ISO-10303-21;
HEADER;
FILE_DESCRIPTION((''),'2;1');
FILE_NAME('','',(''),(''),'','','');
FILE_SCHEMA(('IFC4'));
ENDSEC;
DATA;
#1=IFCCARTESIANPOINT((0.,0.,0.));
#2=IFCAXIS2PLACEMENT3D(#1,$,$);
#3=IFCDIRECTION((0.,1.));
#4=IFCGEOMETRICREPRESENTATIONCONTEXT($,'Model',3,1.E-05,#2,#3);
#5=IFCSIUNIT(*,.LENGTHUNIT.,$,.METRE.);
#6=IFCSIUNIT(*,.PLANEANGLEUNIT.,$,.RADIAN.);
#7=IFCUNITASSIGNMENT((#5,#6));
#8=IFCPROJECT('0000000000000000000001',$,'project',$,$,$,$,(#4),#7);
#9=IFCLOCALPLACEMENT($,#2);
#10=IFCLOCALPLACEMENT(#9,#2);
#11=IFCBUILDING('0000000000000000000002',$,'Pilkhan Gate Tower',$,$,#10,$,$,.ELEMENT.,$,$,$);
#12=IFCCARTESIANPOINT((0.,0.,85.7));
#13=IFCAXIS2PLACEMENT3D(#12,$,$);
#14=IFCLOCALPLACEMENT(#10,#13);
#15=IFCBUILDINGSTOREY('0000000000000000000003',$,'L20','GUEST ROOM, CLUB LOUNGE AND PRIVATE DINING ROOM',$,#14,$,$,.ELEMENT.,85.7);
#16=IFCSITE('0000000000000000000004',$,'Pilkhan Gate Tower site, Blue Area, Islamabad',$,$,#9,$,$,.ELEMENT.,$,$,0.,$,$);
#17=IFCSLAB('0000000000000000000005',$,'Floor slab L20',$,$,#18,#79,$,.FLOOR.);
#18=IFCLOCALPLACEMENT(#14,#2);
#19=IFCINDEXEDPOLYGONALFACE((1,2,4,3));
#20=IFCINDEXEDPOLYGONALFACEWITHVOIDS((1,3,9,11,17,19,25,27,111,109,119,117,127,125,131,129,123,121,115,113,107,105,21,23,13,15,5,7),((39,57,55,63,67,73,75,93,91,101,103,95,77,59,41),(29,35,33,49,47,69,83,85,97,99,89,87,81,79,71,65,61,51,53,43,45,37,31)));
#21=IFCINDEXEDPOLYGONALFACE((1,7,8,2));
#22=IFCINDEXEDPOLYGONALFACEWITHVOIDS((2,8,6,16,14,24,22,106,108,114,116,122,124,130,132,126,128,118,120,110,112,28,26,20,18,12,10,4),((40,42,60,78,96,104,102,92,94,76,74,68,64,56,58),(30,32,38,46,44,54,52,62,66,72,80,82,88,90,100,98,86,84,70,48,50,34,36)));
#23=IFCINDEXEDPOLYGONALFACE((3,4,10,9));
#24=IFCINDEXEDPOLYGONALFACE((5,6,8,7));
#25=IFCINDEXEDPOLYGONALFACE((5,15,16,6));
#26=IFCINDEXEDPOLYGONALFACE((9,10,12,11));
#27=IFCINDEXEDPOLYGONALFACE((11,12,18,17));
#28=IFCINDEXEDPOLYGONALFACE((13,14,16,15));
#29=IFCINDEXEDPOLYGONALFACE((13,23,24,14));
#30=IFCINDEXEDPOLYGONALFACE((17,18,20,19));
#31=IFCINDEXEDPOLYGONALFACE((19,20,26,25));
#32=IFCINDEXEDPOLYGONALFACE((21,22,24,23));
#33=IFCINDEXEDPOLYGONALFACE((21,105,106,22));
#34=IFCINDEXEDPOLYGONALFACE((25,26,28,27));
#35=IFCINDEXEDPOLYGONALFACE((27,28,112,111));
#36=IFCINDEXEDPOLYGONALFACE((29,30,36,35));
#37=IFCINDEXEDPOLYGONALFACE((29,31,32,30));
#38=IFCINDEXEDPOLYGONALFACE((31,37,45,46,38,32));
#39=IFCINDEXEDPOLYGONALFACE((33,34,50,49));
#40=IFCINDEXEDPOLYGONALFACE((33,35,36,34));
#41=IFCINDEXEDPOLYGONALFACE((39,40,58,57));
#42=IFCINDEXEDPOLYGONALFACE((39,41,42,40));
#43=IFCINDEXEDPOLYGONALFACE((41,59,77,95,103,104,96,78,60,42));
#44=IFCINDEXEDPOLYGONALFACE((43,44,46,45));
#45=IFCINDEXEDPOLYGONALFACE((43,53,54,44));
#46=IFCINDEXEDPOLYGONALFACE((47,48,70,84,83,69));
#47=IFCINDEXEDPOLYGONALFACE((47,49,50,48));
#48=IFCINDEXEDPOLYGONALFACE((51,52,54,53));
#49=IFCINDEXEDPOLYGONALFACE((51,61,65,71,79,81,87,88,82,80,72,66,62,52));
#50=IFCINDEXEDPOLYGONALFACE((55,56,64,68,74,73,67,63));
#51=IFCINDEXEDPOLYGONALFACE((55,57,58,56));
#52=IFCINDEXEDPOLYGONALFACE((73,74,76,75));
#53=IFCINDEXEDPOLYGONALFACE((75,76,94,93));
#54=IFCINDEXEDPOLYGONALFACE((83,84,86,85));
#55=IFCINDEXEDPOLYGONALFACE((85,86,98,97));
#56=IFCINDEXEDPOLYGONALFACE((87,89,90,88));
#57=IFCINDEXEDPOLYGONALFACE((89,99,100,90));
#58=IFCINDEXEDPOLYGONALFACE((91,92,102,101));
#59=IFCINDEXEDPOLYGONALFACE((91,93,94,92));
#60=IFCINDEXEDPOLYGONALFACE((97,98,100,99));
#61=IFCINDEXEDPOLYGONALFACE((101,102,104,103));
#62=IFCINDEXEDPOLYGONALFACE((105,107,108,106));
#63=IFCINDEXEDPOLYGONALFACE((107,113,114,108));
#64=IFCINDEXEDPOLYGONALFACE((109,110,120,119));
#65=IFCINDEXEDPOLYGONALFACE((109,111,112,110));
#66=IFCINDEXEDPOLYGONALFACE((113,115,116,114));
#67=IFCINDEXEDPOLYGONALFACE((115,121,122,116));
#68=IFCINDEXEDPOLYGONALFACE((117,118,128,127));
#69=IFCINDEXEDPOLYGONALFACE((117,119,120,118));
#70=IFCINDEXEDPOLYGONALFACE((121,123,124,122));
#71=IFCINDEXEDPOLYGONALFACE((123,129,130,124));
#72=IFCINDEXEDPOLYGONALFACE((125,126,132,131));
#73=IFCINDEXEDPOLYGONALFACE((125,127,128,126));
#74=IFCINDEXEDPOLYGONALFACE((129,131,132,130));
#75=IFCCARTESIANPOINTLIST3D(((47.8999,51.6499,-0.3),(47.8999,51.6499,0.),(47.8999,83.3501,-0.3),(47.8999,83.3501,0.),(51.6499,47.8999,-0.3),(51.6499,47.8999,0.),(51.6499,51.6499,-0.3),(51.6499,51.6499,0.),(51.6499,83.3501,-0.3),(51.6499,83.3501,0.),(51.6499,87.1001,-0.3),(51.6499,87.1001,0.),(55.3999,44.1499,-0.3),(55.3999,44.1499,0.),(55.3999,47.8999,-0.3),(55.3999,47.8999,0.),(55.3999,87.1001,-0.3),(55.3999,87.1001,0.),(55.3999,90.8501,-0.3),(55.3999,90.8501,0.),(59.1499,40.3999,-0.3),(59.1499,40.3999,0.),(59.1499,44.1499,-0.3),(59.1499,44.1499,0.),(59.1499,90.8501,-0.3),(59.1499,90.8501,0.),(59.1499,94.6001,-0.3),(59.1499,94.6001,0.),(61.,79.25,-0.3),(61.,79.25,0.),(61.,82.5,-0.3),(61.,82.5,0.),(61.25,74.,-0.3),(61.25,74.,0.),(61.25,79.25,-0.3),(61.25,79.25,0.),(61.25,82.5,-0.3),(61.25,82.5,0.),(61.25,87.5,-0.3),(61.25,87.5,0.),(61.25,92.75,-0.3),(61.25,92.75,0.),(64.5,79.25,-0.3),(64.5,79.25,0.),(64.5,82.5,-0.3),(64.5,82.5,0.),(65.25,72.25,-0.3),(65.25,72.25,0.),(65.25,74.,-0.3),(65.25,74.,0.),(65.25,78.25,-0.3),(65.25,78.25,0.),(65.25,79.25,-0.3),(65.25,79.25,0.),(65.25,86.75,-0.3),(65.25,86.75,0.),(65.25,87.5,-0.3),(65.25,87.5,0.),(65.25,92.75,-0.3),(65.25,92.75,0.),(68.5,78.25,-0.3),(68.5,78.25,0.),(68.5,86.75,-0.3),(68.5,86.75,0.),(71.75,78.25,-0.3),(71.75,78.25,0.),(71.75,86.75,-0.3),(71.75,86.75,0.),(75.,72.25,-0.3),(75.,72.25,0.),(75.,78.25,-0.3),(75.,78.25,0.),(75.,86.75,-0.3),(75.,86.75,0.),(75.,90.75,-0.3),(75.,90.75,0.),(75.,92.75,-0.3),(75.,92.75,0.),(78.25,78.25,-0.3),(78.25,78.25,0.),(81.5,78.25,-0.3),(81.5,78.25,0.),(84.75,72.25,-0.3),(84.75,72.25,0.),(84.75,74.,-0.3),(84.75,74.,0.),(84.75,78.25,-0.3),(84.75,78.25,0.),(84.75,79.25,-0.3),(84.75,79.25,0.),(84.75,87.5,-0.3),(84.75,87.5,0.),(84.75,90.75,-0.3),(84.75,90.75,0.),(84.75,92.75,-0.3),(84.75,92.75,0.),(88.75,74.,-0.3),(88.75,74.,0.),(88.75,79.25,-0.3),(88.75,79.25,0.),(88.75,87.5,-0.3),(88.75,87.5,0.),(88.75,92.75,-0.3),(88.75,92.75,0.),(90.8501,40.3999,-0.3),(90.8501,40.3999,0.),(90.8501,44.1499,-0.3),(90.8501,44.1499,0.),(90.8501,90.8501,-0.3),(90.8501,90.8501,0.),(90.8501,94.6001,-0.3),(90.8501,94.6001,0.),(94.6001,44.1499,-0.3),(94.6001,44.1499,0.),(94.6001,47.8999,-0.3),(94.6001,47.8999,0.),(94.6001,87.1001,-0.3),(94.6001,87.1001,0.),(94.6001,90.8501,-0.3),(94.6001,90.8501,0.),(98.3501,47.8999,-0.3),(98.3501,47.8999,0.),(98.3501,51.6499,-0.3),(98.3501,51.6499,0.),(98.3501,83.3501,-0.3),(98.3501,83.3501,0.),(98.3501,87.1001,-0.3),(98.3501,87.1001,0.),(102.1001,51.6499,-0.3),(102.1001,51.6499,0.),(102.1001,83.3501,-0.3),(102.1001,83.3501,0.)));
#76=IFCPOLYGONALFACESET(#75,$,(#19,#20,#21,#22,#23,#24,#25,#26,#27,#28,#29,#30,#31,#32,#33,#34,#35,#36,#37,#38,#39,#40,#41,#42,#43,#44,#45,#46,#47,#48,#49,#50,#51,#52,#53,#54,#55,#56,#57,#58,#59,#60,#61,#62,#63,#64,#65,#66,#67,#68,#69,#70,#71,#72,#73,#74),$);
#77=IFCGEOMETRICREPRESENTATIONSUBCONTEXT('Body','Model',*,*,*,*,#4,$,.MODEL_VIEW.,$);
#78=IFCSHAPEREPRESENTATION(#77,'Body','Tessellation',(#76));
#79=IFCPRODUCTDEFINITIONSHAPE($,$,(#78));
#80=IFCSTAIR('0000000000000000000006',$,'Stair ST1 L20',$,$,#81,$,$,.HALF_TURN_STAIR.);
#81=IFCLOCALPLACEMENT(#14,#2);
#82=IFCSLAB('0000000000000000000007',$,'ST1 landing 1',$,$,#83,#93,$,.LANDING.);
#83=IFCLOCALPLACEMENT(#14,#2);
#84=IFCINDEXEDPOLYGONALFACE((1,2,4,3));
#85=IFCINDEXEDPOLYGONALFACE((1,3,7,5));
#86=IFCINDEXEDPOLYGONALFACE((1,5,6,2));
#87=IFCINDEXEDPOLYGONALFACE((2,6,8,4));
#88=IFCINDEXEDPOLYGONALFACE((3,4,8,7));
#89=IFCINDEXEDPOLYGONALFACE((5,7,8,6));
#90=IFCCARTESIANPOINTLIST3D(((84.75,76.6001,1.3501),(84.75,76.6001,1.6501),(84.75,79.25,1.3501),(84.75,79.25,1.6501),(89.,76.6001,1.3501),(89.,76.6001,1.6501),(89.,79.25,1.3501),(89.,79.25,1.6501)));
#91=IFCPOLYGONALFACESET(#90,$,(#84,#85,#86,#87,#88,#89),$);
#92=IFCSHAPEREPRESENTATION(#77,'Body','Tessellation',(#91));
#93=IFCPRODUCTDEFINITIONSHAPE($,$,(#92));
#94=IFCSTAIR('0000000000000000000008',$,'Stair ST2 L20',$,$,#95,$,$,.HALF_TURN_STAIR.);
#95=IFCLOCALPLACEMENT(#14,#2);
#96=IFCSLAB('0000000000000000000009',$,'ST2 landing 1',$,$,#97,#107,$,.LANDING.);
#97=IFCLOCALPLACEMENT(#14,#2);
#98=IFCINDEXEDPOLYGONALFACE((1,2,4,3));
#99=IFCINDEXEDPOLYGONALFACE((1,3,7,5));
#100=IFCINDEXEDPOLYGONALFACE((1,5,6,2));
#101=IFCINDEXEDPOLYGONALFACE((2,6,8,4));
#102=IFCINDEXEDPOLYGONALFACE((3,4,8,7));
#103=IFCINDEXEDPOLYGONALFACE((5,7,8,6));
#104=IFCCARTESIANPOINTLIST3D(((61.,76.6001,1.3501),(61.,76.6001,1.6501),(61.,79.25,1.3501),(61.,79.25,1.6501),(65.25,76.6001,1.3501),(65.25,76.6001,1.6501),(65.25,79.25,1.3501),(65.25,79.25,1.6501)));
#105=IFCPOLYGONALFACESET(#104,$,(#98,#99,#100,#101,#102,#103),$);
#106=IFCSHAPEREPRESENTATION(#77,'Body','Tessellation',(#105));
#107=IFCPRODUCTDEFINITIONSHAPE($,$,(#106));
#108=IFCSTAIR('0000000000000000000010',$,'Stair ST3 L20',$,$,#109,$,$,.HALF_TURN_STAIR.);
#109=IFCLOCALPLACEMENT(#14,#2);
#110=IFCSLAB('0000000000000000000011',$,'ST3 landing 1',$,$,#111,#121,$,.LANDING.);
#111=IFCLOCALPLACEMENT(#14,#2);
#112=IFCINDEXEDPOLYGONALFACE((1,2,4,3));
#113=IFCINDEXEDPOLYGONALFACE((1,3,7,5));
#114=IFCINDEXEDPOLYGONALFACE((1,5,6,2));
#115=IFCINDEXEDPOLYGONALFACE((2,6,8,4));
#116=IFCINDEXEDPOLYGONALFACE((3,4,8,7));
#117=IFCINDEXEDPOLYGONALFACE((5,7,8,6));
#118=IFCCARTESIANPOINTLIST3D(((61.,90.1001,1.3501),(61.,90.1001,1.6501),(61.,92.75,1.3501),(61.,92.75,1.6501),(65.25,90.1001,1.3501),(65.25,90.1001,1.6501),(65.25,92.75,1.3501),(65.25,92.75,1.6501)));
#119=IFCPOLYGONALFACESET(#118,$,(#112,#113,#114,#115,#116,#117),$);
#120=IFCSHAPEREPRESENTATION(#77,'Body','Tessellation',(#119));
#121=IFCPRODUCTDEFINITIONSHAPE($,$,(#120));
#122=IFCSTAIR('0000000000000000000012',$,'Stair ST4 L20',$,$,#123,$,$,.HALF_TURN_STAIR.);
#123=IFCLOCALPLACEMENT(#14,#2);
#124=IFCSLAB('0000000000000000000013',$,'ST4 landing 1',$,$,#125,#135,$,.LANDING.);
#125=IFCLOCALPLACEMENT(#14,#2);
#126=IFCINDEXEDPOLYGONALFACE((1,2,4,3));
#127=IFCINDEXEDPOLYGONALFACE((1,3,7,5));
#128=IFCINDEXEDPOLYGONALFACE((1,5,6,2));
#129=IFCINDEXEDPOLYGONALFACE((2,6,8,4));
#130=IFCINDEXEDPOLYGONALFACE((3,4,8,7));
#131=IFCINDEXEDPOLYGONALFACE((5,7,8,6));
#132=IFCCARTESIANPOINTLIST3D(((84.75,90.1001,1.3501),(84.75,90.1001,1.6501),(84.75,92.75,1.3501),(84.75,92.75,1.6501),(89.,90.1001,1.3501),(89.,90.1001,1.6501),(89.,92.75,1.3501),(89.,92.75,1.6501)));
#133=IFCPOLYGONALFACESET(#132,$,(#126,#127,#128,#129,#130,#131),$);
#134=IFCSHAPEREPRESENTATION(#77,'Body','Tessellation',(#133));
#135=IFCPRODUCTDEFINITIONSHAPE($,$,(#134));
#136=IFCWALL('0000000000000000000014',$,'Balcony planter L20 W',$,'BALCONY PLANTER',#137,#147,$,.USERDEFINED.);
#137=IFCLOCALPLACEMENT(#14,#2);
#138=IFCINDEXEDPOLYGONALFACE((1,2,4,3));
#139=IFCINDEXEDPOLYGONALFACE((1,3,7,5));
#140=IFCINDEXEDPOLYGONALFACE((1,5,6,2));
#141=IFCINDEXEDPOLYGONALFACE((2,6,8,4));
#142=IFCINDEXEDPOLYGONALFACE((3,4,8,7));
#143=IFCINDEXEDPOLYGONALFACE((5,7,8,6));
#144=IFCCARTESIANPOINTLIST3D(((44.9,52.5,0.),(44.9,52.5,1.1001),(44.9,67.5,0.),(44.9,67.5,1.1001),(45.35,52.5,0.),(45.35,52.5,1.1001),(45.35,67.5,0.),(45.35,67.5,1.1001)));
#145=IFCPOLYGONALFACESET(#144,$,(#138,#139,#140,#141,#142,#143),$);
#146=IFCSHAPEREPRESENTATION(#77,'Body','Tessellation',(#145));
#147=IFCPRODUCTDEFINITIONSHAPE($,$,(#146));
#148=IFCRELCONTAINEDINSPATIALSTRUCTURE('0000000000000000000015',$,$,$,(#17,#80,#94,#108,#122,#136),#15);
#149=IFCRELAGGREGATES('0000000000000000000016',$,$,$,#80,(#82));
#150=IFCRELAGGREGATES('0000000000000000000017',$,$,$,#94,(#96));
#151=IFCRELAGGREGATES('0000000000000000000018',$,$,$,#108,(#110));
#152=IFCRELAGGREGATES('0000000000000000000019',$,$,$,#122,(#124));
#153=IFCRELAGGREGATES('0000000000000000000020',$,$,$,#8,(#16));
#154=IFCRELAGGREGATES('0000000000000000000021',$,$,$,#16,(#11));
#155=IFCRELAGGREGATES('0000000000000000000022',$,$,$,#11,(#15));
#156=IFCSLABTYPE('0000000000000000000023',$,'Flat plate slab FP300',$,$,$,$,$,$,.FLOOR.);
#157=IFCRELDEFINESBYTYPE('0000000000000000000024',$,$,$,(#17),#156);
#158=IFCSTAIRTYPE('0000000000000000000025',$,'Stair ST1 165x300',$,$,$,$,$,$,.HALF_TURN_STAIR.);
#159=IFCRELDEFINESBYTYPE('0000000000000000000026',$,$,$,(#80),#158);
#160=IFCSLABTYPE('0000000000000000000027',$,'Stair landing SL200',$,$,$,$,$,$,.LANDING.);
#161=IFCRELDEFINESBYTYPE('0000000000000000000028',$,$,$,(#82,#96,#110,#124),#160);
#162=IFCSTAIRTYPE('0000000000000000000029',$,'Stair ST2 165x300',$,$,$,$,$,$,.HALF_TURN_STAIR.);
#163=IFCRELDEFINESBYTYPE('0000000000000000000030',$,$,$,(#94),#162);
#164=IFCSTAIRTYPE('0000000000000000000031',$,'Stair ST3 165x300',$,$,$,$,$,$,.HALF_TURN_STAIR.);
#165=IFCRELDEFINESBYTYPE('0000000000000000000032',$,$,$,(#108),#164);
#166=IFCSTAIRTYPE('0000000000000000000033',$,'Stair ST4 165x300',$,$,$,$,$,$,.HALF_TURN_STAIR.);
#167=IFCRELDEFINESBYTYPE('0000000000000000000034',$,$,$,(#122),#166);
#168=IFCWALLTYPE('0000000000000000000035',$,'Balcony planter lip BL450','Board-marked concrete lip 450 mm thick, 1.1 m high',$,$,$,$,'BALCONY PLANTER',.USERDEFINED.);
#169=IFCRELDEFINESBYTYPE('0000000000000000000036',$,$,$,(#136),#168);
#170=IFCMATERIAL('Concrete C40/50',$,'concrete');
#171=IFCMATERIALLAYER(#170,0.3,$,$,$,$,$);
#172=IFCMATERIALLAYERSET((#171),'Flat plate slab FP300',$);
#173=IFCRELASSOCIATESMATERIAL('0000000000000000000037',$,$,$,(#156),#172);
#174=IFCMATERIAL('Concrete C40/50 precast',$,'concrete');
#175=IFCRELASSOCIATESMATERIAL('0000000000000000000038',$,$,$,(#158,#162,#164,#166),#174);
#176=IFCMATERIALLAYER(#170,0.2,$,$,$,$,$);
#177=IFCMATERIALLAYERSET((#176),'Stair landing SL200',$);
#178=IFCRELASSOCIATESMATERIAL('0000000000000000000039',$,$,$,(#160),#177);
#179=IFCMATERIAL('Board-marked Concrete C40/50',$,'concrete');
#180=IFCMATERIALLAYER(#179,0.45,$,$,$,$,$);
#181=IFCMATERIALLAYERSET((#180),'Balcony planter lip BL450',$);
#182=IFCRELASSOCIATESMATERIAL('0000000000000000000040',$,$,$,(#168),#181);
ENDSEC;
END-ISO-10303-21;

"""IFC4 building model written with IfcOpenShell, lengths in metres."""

from ifc_helpers import new_model, si_unit, direction, frame, frame_2d, origin, place, context, subcontext, project, spatial, polyline, rectangle, outline, extrude, material, layer, layer_set, type_object, element, aggregate, save


model = new_model("IFC4")

# Units and contexts
model_context = context("Model", 3, precision=1e-05, world=origin(), true_north=direction((0.0, 1.0)))
body_context = subcontext(model_context, "Body", "Model", "MODEL_VIEW")
ifc_project = project(units=[si_unit("LENGTHUNIT", "METRE"), si_unit("PLANEANGLEUNIT", "RADIAN")], contexts=[model_context])

# Site, building, storey
site_placement = place(None, origin())
site = spatial("IfcSite", under=ifc_project, at=site_placement, Name="Pilkhan Gate Tower site, Blue Area, Islamabad", CompositionType="ELEMENT", RefElevation=0.0)
building_placement = place(site_placement, origin())
building = spatial("IfcBuilding", under=site, at=building_placement, Name="Pilkhan Gate Tower", CompositionType="ELEMENT")
storey_placement = place(building_placement, frame((0.0, 0.0, 85.7)))
storey = spatial("IfcBuildingStorey", under=building, at=storey_placement, Name="L20", Description="GUEST ROOM, CLUB LOUNGE AND PRIVATE DINING ROOM", CompositionType="ELEMENT", Elevation=85.7)

# Slab
ifc_material_1 = material(Name="Concrete C40/50", Category="concrete")
ifc_layer_1 = layer(ifc_material_1, 0.3)
ifc_layer_set_1 = layer_set([ifc_layer_1], Name="Flat plate slab FP300")
slab_type_1 = type_object("IfcSlabType", Name="Flat plate slab FP300", PredefinedType="FLOOR", material=ifc_layer_set_1)
slab_1_placement = place(storey_placement, frame((0.0, 0.0, -0.3)))
element("IfcSlab", 1, at=slab_1_placement, inside=storey, type_object=slab_type_1, Name="Floor slab L20", PredefinedType="FLOOR", context=body_context, shape_type="SweptSolid", body=[
    extrude(outline(polyline([(98.3501, 47.8999), (94.6001, 47.8999), (94.6001, 44.1499), (90.8501, 44.1499), (90.8501, 40.3999), (59.1499, 40.3999), (59.1499, 44.1499), (55.3999, 44.1499), (55.3999, 47.8999), (51.6499, 47.8999), (51.6499, 51.6499), (47.8999, 51.6499), (47.8999, 83.3501), (51.6499, 83.3501), (51.6499, 87.1001), (55.3999, 87.1001), (55.3999, 90.8501), (59.1499, 90.8501), (59.1499, 94.6001), (90.8501, 94.6001), (90.8501, 90.8501), (94.6001, 90.8501), (94.6001, 87.1001), (98.3501, 87.1001), (98.3501, 83.3501), (102.1001, 83.3501), (102.1001, 51.6499), (98.3501, 51.6499), (98.3501, 47.8999)]), holes=[polyline([(65.25, 87.5), (65.25, 86.75), (68.5, 86.75), (71.75, 86.75), (75.0, 86.75), (75.0, 90.75), (84.75, 90.75), (84.75, 87.5), (88.75, 87.5), (88.75, 92.75), (84.75, 92.75), (75.0, 92.75), (65.25, 92.75), (61.25, 92.75), (61.25, 87.5), (65.25, 87.5)]), polyline([(75.0, 72.25), (84.75, 72.25), (84.75, 74.0), (88.75, 74.0), (88.75, 79.25), (84.75, 79.25), (84.75, 78.25), (81.5, 78.25), (78.25, 78.25), (75.0, 78.25), (71.75, 78.25), (68.5, 78.25), (65.25, 78.25), (65.25, 79.25), (64.5, 79.25), (64.5, 82.5), (61.25, 82.5), (61.0, 82.5), (61.0, 79.25), (61.25, 79.25), (61.25, 74.0), (65.25, 74.0), (65.25, 72.25), (75.0, 72.25)])]), origin(), (0.0, 0.0, 1.0), 0.3),
])

# Stairs, slabs
ifc_material_2 = material(Name="Concrete C40/50 precast", Category="concrete")
stair_type_1 = type_object("IfcStairType", Name="Stair ST1 165x300", PredefinedType="HALF_TURN_STAIR", material=ifc_material_2)
stair_1_placement = place(storey_placement, origin())
stair_1 = element("IfcStair", 2, at=stair_1_placement, inside=storey, type_object=stair_type_1, Name="Stair ST1 L20", PredefinedType="HALF_TURN_STAIR")
ifc_layer_2 = layer(ifc_material_1, 0.2)
ifc_layer_set_2 = layer_set([ifc_layer_2], Name="Stair landing SL200")
slab_type_2 = type_object("IfcSlabType", Name="Stair landing SL200", PredefinedType="LANDING", material=ifc_layer_set_2)
slab_2_placement = place(storey_placement, frame((0.0, 0.0, 1.3501)))
slab_2 = element("IfcSlab", 3, at=slab_2_placement, type_object=slab_type_2, Name="ST1 landing 1", PredefinedType="LANDING", context=body_context, shape_type="SweptSolid", body=[
    extrude(outline(polyline([(89.0, 76.6001), (89.0, 79.25), (84.75, 79.25), (84.75, 76.6001), (89.0, 76.6001)])), origin(), (0.0, 0.0, 1.0), 0.3),
])
aggregate(stair_1, [slab_2])
stair_type_2 = type_object("IfcStairType", Name="Stair ST2 165x300", PredefinedType="HALF_TURN_STAIR", material=ifc_material_2)
stair_2_placement = place(storey_placement, origin())
stair_2 = element("IfcStair", 4, at=stair_2_placement, inside=storey, type_object=stair_type_2, Name="Stair ST2 L20", PredefinedType="HALF_TURN_STAIR")
slab_3_placement = place(storey_placement, frame((0.0, 0.0, 1.3501)))
slab_3 = element("IfcSlab", 5, at=slab_3_placement, type_object=slab_type_2, Name="ST2 landing 1", PredefinedType="LANDING", context=body_context, shape_type="SweptSolid", body=[
    extrude(outline(polyline([(65.25, 76.6001), (65.25, 79.25), (61.0, 79.25), (61.0, 76.6001), (65.25, 76.6001)])), origin(), (0.0, 0.0, 1.0), 0.3),
])
aggregate(stair_2, [slab_3])
stair_type_3 = type_object("IfcStairType", Name="Stair ST3 165x300", PredefinedType="HALF_TURN_STAIR", material=ifc_material_2)
stair_3_placement = place(storey_placement, origin())
stair_3 = element("IfcStair", 6, at=stair_3_placement, inside=storey, type_object=stair_type_3, Name="Stair ST3 L20", PredefinedType="HALF_TURN_STAIR")
slab_4_placement = place(storey_placement, frame((0.0, 0.0, 1.3501)))
slab_4 = element("IfcSlab", 7, at=slab_4_placement, type_object=slab_type_2, Name="ST3 landing 1", PredefinedType="LANDING", context=body_context, shape_type="SweptSolid", body=[
    extrude(outline(polyline([(65.25, 90.1001), (65.25, 92.75), (61.0, 92.75), (61.0, 90.1001), (65.25, 90.1001)])), origin(), (0.0, 0.0, 1.0), 0.3),
])
aggregate(stair_3, [slab_4])
stair_type_4 = type_object("IfcStairType", Name="Stair ST4 165x300", PredefinedType="HALF_TURN_STAIR", material=ifc_material_2)
stair_4_placement = place(storey_placement, origin())
stair_4 = element("IfcStair", 8, at=stair_4_placement, inside=storey, type_object=stair_type_4, Name="Stair ST4 L20", PredefinedType="HALF_TURN_STAIR")
slab_5_placement = place(storey_placement, frame((0.0, 0.0, 1.3501)))
slab_5 = element("IfcSlab", 9, at=slab_5_placement, type_object=slab_type_2, Name="ST4 landing 1", PredefinedType="LANDING", context=body_context, shape_type="SweptSolid", body=[
    extrude(outline(polyline([(89.0, 90.1001), (89.0, 92.75), (84.75, 92.75), (84.75, 90.1001), (89.0, 90.1001)])), origin(), (0.0, 0.0, 1.0), 0.3),
])
aggregate(stair_4, [slab_5])

# Wall
ifc_material_3 = material(Name="Board-marked Concrete C40/50", Category="concrete")
ifc_layer_3 = layer(ifc_material_3, 0.45)
ifc_layer_set_3 = layer_set([ifc_layer_3], Name="Balcony planter lip BL450")
wall_type = type_object("IfcWallType", Name="Balcony planter lip BL450", Description="Board-marked concrete lip 450 mm thick, 1.1 m high", ElementType="BALCONY PLANTER", PredefinedType="USERDEFINED", material=ifc_layer_set_3)
wall_placement = place(storey_placement, frame((45.125, 52.5, 0.0), z_axis=(0.0, 0.0, 1.0), x_axis=(0.0, 1.0, 0.0)))
element("IfcWall", 10, at=wall_placement, inside=storey, type_object=wall_type, Name="Balcony planter L20 W", ObjectType="BALCONY PLANTER", PredefinedType="USERDEFINED", context=body_context, shape_type="SweptSolid", body=[
    extrude(rectangle(XDim=15.0, YDim=0.45, at=frame_2d((7.5, 0.0))), origin(), (0.0, 0.0, 1.0), 1.1001),
])

save(model, "model.ifc")
